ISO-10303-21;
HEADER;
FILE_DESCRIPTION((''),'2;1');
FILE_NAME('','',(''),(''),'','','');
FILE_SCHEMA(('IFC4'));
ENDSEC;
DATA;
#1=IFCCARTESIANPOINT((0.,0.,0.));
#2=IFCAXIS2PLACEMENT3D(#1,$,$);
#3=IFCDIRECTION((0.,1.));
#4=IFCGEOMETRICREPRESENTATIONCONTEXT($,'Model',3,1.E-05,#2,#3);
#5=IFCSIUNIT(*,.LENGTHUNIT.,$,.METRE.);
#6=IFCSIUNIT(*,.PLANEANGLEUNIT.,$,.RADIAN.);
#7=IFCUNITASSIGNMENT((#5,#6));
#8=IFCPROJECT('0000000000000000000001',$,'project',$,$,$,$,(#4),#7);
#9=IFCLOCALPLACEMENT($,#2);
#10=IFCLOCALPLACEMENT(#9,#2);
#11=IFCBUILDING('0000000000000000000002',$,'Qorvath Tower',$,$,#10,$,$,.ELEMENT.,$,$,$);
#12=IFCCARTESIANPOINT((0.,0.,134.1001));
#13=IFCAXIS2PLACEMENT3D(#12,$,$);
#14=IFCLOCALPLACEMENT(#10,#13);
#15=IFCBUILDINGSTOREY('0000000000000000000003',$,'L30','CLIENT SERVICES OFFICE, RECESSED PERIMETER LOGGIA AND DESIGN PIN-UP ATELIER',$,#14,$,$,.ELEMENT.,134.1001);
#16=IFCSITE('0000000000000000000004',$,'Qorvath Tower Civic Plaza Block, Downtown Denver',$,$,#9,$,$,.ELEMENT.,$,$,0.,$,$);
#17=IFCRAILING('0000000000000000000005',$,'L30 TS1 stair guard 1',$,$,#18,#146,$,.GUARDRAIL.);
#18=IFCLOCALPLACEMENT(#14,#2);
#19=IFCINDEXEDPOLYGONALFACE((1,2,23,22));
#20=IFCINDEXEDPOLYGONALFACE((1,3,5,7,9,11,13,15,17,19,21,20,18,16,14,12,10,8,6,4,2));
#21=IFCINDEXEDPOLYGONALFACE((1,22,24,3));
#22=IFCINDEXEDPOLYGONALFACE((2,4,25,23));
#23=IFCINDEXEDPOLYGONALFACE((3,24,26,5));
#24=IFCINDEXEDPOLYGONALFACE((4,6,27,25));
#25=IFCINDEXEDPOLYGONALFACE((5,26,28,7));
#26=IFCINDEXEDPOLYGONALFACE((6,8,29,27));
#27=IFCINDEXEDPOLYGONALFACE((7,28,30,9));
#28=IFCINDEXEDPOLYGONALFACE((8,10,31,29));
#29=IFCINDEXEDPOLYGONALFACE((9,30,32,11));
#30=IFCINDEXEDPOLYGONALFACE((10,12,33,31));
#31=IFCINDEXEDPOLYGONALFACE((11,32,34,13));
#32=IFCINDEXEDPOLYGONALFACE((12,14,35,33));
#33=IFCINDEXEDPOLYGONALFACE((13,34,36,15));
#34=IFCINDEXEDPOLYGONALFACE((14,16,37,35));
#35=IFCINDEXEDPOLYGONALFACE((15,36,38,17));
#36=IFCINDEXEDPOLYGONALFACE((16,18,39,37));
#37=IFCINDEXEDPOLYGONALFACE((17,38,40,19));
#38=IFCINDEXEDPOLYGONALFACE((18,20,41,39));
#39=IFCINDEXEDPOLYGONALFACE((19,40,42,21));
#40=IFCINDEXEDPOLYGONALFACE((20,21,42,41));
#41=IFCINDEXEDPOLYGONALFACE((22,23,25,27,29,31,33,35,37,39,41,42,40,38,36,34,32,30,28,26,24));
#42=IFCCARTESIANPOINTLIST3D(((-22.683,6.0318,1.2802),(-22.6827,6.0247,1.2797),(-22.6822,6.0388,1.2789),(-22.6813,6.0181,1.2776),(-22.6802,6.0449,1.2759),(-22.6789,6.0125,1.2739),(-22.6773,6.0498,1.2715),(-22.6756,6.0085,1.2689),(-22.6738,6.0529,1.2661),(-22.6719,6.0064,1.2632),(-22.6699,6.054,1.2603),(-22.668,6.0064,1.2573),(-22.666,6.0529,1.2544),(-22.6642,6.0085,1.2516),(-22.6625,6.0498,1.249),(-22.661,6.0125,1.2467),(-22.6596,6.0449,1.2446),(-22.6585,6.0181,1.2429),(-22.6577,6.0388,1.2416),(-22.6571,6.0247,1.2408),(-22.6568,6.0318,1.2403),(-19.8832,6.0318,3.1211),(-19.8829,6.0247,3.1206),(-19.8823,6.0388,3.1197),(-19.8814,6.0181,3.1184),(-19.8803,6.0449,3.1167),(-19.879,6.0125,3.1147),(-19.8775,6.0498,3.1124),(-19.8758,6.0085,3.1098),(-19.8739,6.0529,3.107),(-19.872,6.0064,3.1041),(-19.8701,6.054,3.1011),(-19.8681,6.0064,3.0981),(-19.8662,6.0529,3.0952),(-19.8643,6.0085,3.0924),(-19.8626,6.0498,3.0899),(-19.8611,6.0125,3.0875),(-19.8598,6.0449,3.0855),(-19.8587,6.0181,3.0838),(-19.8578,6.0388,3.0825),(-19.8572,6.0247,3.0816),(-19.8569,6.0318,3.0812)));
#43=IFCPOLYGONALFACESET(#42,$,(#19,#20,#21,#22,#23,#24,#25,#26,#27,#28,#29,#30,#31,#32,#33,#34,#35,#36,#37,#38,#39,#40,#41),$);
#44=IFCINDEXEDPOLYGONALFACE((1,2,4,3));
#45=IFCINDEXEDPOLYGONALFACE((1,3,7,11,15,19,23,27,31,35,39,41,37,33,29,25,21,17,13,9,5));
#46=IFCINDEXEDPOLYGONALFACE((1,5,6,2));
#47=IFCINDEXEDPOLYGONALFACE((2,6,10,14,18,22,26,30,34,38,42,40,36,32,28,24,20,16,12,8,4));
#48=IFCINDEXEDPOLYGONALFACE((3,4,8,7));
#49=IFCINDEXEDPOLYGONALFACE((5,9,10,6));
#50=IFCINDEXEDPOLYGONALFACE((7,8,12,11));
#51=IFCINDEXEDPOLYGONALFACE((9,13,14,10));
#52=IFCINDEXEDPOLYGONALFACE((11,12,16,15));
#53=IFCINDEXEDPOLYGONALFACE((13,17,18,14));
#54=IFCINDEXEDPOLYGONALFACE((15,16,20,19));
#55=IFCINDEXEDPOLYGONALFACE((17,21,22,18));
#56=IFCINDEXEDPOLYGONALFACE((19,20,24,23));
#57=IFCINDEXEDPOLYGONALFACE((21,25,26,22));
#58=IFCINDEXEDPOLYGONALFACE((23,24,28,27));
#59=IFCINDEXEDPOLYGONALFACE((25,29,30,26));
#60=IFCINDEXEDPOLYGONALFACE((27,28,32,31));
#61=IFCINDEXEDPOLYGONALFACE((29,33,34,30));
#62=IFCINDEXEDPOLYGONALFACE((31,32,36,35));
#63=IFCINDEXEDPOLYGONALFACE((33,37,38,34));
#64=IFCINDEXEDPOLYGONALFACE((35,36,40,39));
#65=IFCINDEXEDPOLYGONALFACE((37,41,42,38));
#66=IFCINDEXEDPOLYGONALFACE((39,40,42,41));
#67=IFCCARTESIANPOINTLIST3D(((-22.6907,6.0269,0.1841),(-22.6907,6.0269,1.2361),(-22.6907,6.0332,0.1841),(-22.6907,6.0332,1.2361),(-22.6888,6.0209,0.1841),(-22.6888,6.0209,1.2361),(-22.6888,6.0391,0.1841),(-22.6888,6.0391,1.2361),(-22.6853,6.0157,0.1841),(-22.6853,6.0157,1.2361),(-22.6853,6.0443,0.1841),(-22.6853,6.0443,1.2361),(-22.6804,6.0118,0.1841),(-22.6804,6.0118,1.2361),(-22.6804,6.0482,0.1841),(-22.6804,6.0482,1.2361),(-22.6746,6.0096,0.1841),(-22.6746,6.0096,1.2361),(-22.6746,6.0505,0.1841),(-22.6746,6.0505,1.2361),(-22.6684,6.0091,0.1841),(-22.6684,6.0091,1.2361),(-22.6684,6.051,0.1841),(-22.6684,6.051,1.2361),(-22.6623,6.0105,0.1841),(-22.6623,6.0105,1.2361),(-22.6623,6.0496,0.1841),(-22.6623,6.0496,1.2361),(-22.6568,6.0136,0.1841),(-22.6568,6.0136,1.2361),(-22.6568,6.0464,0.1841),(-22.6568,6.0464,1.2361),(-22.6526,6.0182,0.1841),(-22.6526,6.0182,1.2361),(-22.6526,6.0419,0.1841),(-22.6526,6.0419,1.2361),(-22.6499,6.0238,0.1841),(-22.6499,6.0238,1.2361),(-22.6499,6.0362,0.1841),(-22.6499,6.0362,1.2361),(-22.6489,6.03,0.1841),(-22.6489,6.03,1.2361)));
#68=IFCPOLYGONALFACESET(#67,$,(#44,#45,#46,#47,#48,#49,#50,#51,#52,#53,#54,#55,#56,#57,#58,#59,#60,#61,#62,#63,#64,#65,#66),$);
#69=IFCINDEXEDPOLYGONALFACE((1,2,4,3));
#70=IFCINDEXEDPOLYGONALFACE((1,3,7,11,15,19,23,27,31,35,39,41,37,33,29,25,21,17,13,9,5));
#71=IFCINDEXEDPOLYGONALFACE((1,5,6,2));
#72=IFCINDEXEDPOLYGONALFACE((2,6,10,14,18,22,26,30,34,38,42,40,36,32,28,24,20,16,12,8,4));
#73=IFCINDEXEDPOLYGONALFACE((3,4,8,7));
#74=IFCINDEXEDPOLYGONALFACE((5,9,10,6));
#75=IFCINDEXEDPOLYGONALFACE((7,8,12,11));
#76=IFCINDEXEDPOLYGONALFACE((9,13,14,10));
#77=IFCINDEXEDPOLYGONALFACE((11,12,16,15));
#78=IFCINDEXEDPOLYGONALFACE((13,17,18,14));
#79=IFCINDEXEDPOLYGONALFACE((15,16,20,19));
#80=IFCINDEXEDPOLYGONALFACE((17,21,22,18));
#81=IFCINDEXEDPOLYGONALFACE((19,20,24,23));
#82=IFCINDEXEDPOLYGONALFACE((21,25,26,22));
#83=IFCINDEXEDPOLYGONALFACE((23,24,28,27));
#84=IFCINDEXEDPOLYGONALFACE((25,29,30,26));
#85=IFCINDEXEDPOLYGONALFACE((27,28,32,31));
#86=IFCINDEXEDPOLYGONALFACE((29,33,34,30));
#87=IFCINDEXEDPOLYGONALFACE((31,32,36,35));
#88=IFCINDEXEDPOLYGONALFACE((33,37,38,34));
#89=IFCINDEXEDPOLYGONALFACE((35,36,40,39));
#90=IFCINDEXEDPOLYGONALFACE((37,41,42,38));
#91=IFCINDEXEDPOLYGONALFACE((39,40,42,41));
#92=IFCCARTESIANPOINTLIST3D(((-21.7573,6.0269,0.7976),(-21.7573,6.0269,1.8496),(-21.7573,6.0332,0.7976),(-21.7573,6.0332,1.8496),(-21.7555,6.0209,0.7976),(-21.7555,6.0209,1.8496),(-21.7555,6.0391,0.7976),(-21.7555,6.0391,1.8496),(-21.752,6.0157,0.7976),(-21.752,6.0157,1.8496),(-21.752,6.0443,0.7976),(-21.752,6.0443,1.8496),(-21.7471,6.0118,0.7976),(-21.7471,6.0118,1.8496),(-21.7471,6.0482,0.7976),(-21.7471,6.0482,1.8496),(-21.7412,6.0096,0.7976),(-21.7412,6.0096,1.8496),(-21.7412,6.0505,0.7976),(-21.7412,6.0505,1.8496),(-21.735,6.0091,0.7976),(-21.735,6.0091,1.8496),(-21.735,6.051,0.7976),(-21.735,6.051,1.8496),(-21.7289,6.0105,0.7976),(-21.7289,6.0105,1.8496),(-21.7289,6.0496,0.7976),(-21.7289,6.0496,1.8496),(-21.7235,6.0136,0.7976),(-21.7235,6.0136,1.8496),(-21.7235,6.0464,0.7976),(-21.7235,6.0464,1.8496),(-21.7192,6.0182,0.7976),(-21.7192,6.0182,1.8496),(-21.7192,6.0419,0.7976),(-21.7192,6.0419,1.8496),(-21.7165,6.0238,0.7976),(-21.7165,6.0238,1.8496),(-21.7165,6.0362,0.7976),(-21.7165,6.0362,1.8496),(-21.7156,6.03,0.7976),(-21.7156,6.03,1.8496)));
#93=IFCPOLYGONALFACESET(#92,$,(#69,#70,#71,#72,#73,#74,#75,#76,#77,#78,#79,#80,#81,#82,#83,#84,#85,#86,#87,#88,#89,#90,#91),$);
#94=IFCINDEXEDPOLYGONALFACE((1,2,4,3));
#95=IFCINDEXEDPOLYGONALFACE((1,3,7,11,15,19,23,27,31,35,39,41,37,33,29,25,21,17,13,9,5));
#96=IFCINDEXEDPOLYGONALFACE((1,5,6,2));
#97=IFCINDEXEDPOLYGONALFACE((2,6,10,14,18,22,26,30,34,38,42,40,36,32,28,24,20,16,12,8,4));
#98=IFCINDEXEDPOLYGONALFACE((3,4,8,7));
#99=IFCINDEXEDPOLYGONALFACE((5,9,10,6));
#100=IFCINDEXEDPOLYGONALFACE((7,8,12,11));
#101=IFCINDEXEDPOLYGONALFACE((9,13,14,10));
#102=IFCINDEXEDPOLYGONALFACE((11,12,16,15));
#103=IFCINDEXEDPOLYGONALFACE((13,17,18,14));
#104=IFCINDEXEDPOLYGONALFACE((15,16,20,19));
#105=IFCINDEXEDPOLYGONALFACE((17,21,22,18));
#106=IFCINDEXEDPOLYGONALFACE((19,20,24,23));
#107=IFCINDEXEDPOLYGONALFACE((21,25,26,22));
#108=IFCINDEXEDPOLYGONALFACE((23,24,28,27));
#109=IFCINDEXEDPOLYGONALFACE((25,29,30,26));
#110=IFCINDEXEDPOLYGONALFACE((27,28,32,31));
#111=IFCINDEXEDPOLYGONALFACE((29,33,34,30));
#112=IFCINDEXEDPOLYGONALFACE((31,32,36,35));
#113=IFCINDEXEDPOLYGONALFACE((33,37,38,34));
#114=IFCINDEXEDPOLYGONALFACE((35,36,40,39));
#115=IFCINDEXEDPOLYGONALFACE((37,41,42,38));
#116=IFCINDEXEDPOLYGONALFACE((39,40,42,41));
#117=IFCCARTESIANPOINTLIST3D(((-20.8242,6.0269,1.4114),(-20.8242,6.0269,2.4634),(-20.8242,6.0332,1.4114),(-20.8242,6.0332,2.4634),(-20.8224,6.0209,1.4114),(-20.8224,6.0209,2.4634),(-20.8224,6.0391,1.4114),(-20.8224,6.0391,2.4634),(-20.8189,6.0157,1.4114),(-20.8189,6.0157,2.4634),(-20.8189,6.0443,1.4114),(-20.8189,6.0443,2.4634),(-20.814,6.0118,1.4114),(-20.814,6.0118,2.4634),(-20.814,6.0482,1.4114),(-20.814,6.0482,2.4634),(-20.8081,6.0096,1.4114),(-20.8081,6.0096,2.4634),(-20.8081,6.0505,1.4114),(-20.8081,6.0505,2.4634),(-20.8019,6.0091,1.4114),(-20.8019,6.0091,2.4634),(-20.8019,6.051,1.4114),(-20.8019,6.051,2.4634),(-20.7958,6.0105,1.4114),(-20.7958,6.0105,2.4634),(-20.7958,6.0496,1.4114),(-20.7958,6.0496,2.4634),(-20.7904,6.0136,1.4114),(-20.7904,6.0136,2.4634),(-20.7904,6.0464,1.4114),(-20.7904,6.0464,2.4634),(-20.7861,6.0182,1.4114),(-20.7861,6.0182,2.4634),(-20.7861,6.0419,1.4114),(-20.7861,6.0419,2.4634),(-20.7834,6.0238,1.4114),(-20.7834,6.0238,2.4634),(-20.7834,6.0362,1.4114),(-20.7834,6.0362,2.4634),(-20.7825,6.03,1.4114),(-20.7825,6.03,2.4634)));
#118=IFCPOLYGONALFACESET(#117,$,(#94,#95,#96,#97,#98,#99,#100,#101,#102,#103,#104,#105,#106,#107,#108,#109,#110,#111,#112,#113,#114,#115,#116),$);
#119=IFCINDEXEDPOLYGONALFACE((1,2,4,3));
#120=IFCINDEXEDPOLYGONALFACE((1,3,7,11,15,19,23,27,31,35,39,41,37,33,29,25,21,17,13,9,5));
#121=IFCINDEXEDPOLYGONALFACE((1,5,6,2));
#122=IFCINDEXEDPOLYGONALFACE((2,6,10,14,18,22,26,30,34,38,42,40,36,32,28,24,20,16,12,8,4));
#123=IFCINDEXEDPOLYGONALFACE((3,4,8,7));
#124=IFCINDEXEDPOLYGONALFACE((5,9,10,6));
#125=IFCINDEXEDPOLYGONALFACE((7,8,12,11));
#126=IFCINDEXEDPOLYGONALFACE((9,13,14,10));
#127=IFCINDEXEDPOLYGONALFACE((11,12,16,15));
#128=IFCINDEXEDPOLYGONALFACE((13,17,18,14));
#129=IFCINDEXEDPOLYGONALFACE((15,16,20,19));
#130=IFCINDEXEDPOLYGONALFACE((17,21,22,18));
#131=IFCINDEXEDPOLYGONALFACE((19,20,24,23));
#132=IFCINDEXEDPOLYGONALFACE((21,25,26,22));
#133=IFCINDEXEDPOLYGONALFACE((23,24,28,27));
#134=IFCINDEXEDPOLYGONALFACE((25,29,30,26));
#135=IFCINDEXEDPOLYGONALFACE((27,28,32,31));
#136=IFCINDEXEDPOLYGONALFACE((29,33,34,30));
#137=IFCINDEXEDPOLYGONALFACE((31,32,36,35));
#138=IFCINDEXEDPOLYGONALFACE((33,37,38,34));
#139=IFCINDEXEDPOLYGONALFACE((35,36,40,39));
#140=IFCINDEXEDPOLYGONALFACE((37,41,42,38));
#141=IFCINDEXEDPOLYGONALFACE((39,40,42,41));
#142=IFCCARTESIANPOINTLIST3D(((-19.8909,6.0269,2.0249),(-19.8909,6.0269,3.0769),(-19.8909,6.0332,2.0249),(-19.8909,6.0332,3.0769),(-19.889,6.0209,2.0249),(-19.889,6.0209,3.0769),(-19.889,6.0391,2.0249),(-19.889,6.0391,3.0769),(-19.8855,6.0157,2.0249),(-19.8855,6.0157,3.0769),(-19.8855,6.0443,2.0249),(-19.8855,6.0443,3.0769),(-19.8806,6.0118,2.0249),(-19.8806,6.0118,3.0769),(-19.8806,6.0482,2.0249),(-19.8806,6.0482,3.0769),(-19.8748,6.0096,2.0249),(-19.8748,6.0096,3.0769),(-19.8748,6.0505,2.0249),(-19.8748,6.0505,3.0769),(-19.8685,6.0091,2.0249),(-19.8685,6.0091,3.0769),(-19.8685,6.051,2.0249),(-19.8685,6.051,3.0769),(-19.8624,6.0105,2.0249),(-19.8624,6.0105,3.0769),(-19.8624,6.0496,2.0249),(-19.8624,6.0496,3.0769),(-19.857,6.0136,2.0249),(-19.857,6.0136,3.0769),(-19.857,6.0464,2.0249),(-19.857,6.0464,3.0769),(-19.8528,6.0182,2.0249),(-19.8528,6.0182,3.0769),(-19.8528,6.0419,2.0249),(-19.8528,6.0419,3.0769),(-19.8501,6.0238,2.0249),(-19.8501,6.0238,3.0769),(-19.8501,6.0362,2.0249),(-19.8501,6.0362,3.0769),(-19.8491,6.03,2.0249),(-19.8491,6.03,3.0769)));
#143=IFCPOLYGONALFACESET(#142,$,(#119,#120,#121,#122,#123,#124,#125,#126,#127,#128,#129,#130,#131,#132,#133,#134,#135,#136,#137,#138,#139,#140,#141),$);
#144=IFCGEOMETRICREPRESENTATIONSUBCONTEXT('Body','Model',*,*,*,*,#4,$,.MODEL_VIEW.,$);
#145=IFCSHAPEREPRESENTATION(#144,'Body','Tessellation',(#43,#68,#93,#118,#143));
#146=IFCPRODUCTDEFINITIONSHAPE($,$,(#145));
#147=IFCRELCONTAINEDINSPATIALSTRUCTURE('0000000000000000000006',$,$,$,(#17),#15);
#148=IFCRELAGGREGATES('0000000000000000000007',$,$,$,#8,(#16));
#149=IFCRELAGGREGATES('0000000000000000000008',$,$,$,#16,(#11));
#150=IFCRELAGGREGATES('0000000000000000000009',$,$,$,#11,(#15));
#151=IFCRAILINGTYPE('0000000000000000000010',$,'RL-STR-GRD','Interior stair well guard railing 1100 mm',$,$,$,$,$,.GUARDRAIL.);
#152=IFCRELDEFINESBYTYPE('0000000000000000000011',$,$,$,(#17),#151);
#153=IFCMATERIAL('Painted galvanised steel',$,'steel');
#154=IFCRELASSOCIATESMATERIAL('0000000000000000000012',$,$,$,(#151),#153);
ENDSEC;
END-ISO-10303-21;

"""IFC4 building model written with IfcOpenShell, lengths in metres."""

from ifc_helpers import new_model, si_unit, direction, frame, origin, origin_2d, place, context, subcontext, project, spatial, circle, extrude, material, type_object, element, save


model = new_model("IFC4")

# Units and contexts
model_context = context("Model", 3, precision=1e-05, world=origin(), true_north=direction((0.0, 1.0)))
body_context = subcontext(model_context, "Body", "Model", "MODEL_VIEW")
ifc_project = project(units=[si_unit("LENGTHUNIT", "METRE"), si_unit("PLANEANGLEUNIT", "RADIAN")], contexts=[model_context])

# Site, building, storey
site_placement = place(None, origin())
site = spatial("IfcSite", under=ifc_project, at=site_placement, Name="Qorvath Tower Civic Plaza Block, Downtown Denver", CompositionType="ELEMENT", RefElevation=0.0)
building_placement = place(site_placement, origin())
building = spatial("IfcBuilding", under=site, at=building_placement, Name="Qorvath Tower", CompositionType="ELEMENT")
storey_placement = place(building_placement, frame((0.0, 0.0, 134.1001)))
storey = spatial("IfcBuildingStorey", under=building, at=storey_placement, Name="L30", Description="CLIENT SERVICES OFFICE, RECESSED PERIMETER LOGGIA AND DESIGN PIN-UP ATELIER", CompositionType="ELEMENT", Elevation=134.1001)

# Railing
ifc_material_1 = material(Name="Painted galvanised steel", Category="steel")
railing_type_1 = type_object("IfcRailingType", Name="RL-STR-GRD", Description="Interior stair well guard railing 1100 mm", PredefinedType="GUARDRAIL", material=ifc_material_1)
railing_1_placement = place(storey_placement, frame((-22.6699, 6.03, 0.1841)))
element("IfcRailing", 1, at=railing_1_placement, inside=storey, type_object=railing_type_1, Name="L30 TS1 stair guard 1", PredefinedType="GUARDRAIL", context=body_context, shape_type="SweptSolid", body=[
    extrude(circle(Radius=0.0239, at=origin_2d()), frame((0.0, 0.0, 1.0762), z_axis=(0.835576, 0.0, 0.549376), x_axis=(0.0, 1.0, 0.0)), (0.0, 0.0, 1.0), 3.3508),
    extrude(circle(Radius=0.021, at=origin_2d()), origin(), (0.0, 0.0, 1.0), 1.052),
    extrude(circle(Radius=0.021, at=origin_2d()), frame((0.9333, 0.0, 0.6135)), (0.0, 0.0, 1.0), 1.052),
    extrude(circle(Radius=0.021, at=origin_2d()), frame((1.8665, 0.0, 1.2273)), (0.0, 0.0, 1.0), 1.052),
    extrude(circle(Radius=0.021, at=origin_2d()), frame((2.7998, 0.0, 1.8408)), (0.0, 0.0, 1.0), 1.052),
])

save(model, "model.ifc")
